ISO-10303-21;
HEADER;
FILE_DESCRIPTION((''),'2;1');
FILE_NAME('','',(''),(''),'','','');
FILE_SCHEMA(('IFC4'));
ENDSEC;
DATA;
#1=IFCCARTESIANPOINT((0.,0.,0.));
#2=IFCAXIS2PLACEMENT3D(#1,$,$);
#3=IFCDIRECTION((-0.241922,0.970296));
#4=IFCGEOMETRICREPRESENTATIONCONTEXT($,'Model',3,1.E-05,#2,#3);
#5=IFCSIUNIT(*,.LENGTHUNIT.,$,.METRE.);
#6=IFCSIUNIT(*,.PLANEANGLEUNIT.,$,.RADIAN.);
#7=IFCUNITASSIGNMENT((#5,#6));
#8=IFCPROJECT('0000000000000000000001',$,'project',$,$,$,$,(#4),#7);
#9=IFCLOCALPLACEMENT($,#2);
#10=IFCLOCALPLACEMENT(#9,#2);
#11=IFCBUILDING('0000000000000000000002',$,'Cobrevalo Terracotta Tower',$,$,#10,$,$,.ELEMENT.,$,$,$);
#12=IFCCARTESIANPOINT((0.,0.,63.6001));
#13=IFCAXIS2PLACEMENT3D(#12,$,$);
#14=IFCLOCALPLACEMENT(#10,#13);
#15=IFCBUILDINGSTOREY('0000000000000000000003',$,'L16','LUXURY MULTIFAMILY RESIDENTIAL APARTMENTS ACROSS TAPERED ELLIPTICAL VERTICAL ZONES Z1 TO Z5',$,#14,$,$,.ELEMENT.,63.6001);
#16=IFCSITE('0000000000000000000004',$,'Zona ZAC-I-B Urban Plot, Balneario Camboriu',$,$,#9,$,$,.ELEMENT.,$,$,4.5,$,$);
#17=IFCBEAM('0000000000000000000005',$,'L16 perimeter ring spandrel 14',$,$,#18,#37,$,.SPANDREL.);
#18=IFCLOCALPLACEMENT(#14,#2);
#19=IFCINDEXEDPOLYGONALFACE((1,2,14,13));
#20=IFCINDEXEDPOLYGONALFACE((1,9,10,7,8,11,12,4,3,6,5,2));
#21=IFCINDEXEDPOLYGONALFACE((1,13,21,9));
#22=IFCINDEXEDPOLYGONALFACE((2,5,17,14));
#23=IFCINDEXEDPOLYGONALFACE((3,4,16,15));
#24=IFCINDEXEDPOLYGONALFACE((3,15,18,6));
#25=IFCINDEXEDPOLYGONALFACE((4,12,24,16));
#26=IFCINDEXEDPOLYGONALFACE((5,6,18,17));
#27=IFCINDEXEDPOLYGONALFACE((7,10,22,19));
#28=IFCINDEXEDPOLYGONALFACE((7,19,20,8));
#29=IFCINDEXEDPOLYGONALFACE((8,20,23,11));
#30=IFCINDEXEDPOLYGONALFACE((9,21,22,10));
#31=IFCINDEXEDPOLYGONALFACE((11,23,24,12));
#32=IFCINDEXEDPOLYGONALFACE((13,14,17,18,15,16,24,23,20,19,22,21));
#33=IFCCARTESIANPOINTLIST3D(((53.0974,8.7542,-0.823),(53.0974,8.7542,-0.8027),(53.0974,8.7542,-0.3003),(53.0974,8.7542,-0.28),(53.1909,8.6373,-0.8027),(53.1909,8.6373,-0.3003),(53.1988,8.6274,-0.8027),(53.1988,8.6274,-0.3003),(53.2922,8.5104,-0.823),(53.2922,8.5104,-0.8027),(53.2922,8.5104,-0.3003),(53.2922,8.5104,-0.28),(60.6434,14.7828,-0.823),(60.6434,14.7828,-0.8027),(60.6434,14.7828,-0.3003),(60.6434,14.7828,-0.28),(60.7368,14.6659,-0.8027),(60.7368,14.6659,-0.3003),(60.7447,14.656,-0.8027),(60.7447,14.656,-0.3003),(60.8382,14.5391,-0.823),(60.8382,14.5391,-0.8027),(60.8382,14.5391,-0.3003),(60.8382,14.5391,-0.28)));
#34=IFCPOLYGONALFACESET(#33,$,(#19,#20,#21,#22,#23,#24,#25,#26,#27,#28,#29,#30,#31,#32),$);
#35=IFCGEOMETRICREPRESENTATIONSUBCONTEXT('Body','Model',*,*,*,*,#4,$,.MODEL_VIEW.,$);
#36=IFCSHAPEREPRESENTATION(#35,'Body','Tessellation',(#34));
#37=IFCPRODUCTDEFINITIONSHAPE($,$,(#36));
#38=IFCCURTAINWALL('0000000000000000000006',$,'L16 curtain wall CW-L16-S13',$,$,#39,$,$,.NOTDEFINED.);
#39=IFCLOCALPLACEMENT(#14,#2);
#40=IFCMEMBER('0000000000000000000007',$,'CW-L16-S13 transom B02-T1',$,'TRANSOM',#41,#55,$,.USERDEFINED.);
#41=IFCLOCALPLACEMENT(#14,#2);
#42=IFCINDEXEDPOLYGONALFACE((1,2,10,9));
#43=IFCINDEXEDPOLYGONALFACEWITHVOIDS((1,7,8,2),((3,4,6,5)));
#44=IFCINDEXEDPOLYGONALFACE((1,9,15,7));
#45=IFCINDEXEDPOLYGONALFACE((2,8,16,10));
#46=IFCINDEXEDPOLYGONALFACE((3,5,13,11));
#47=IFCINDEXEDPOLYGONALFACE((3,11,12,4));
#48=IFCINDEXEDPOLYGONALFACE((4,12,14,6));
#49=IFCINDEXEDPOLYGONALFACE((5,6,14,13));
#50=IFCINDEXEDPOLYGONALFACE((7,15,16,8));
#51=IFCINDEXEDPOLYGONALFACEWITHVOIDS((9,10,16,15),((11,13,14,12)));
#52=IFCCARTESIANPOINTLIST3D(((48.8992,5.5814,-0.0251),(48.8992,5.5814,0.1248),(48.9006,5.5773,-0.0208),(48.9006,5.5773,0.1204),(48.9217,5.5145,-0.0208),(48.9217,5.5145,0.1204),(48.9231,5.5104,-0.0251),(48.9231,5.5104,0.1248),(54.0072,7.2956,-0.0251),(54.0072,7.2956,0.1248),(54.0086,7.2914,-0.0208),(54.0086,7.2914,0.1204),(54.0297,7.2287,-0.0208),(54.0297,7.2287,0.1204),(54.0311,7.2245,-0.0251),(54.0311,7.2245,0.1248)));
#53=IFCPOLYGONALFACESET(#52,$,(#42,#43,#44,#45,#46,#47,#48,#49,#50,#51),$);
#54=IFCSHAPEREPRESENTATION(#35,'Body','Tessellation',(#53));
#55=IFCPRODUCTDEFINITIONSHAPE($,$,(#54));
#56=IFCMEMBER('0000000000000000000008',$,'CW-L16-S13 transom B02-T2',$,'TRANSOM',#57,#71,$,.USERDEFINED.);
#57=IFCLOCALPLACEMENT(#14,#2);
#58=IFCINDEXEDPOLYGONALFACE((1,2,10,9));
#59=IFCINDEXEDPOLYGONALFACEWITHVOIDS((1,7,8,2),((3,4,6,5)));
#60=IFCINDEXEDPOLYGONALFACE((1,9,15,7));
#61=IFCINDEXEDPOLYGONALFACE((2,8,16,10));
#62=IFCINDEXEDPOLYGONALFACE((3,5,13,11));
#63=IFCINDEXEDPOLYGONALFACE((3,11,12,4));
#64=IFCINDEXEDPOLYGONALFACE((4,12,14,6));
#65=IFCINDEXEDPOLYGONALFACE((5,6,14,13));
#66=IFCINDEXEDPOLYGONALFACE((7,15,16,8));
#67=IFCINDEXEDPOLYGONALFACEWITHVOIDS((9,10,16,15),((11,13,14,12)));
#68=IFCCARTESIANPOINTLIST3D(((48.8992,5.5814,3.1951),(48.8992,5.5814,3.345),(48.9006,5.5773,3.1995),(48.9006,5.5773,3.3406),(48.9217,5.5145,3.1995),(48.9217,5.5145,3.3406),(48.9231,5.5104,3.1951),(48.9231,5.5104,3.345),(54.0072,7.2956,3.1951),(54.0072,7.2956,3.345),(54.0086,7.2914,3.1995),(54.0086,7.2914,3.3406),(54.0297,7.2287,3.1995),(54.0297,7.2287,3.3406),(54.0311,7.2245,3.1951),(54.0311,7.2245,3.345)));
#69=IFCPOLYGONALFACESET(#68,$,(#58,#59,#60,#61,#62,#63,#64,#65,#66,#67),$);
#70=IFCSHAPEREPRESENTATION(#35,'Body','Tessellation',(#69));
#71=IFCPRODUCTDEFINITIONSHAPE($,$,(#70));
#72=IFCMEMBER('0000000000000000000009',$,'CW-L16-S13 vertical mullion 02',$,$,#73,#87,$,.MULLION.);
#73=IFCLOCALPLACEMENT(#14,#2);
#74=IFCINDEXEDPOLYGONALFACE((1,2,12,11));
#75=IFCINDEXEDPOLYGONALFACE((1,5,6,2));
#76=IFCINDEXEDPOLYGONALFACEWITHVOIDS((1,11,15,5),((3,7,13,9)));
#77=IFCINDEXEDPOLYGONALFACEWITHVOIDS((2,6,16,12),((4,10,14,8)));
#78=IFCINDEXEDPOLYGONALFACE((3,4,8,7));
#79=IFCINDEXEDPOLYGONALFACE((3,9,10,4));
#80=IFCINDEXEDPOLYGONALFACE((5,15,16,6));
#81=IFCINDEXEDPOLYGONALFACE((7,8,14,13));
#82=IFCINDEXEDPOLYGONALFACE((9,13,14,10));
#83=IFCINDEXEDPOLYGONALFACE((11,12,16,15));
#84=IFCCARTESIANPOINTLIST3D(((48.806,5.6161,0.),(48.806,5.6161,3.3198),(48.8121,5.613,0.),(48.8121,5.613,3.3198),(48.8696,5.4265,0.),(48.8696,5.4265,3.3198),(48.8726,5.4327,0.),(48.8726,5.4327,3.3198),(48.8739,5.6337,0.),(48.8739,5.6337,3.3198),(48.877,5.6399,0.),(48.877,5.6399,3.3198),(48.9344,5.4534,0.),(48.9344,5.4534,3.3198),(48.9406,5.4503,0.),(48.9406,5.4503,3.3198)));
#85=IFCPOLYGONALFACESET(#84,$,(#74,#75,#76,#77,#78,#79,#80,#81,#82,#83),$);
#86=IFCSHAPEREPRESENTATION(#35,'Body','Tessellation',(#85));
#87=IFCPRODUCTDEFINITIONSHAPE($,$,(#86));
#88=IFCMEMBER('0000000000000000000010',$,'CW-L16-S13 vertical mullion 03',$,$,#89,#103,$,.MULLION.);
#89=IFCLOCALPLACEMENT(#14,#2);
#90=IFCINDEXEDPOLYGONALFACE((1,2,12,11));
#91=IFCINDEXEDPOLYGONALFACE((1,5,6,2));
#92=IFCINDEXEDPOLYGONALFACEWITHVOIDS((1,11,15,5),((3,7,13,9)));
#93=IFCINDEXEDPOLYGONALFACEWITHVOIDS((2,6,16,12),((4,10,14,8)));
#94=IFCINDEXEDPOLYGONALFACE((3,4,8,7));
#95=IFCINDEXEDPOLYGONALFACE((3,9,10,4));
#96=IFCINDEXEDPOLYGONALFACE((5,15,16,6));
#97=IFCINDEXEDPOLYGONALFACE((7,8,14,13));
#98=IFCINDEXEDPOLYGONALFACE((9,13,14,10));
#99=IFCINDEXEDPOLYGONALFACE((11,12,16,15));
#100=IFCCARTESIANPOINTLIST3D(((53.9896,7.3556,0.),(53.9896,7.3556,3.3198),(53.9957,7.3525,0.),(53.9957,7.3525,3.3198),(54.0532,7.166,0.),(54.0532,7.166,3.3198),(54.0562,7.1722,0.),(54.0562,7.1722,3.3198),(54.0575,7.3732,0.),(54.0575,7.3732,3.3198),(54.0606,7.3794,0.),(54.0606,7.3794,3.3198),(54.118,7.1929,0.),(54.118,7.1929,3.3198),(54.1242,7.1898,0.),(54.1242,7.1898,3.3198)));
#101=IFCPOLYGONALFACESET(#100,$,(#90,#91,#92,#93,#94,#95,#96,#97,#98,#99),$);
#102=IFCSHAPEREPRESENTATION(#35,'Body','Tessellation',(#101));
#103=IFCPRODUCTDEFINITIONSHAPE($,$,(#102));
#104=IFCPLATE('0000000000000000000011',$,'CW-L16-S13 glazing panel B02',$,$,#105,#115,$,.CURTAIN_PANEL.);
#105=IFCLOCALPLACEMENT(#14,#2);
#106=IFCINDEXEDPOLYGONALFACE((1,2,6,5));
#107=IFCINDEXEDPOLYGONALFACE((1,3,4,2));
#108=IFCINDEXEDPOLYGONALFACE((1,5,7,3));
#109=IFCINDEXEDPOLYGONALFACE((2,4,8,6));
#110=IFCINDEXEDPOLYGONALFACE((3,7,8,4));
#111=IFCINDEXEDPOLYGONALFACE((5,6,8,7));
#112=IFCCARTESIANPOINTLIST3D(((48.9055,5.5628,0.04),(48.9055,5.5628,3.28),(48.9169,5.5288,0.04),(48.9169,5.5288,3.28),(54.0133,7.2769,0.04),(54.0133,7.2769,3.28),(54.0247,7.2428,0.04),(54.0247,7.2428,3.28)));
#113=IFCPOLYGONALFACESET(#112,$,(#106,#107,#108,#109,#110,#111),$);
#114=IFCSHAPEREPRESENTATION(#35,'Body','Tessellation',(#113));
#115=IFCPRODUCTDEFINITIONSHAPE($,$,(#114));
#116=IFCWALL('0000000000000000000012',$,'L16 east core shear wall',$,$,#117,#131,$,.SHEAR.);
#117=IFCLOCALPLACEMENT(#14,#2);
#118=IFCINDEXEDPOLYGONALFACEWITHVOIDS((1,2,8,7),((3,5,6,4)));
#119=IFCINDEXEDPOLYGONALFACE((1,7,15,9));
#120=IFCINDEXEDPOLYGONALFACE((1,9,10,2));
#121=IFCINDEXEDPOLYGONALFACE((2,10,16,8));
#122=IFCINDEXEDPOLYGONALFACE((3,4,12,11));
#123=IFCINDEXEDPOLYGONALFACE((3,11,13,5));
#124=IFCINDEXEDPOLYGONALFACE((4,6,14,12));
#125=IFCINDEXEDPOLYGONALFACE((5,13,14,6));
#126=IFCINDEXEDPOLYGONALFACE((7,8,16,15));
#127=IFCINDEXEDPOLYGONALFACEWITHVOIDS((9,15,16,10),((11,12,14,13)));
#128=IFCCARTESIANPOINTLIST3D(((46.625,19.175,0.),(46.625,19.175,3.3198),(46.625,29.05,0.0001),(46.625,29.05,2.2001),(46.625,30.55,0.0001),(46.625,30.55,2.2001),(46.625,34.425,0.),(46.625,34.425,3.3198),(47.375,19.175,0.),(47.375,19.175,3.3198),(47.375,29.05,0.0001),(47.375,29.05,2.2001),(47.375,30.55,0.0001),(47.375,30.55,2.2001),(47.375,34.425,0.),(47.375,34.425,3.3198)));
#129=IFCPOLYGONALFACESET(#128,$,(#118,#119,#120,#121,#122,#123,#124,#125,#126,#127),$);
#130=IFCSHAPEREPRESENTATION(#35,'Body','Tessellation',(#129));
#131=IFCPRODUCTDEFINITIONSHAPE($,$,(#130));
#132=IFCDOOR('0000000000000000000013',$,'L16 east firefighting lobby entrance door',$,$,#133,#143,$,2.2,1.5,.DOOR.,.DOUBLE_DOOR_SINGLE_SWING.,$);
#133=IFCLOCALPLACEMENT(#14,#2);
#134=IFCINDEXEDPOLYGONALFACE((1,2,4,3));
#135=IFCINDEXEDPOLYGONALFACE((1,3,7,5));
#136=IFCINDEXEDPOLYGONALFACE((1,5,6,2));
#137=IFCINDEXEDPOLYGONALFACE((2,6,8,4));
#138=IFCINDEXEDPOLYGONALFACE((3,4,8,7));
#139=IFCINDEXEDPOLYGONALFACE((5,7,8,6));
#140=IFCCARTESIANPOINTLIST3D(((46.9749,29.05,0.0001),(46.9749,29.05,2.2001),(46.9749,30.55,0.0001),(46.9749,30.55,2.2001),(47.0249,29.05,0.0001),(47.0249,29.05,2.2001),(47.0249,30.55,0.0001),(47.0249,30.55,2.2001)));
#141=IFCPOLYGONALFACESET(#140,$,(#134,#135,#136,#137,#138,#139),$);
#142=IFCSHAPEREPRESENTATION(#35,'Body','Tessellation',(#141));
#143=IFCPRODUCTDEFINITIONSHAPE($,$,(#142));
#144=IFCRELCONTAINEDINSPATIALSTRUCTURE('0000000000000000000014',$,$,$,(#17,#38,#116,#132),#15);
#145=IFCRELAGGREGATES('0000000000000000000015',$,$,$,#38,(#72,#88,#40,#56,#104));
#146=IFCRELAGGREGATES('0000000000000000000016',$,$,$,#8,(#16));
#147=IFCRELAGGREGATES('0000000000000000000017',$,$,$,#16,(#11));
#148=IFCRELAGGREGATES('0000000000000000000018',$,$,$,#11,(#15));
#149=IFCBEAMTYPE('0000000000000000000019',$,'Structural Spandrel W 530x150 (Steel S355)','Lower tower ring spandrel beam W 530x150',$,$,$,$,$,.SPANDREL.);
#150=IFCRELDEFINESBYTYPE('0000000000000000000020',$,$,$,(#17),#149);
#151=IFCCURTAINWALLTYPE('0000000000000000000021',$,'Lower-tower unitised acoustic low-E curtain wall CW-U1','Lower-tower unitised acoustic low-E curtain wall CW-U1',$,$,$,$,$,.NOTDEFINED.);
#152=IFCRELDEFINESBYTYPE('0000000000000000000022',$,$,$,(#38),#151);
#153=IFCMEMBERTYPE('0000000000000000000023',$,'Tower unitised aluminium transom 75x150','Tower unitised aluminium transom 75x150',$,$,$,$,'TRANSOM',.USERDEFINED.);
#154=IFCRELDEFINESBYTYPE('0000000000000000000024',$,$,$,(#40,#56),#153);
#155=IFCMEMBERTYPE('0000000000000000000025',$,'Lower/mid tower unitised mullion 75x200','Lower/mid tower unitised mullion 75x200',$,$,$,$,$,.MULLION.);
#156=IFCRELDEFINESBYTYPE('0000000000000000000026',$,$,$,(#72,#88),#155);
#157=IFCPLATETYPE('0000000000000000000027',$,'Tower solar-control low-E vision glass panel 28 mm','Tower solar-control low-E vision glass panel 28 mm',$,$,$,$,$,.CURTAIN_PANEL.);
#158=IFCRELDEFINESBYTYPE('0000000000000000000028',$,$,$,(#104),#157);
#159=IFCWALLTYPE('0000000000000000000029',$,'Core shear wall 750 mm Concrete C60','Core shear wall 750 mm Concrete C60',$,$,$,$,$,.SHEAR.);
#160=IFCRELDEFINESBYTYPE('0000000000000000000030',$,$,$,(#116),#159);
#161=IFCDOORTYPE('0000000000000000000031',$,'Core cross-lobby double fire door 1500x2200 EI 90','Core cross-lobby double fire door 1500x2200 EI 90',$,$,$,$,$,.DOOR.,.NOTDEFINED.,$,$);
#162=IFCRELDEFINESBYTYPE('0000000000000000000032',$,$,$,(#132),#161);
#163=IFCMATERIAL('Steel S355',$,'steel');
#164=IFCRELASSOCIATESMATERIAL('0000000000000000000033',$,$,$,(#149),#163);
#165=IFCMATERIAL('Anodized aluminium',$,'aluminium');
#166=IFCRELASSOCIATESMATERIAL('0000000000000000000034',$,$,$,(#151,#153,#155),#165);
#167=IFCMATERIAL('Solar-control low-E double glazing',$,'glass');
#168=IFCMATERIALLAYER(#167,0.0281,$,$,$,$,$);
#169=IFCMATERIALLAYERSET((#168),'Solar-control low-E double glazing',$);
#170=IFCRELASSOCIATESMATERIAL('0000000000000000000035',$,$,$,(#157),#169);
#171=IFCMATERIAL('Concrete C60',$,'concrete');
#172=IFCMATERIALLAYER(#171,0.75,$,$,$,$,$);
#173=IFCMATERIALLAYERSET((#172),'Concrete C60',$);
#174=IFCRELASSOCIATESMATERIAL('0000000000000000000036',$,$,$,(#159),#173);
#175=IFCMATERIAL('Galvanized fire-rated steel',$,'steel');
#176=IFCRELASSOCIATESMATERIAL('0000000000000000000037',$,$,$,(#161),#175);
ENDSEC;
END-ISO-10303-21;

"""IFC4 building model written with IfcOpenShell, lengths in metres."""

from ifc_helpers import new_model, si_unit, direction, frame, frame_2d, origin, origin_2d, place, context, subcontext, project, spatial, rectangle, hollow_rectangle, i_section, extrude, source, transform, mapped, material, layer, layer_set, material_profile, profile_set, type_object, element, fill, aggregate, save


model = new_model("IFC4")

# Units and contexts
model_context = context("Model", 3, precision=1e-05, world=origin(), true_north=direction((-0.241922, 0.970296)))
body_context = subcontext(model_context, "Body", "Model", "MODEL_VIEW")
ifc_project = project(units=[si_unit("LENGTHUNIT", "METRE"), si_unit("PLANEANGLEUNIT", "RADIAN")], contexts=[model_context])

# Site, building, storey
site_placement = place(None, origin())
site = spatial("IfcSite", under=ifc_project, at=site_placement, Name="Zona ZAC-I-B Urban Plot, Balneario Camboriu", CompositionType="ELEMENT", RefElevation=4.5)
building_placement = place(site_placement, origin())
building = spatial("IfcBuilding", under=site, at=building_placement, Name="Cobrevalo Terracotta Tower", CompositionType="ELEMENT")
storey_placement = place(building_placement, frame((0.0, 0.0, 63.6001)))
storey = spatial("IfcBuildingStorey", under=building, at=storey_placement, Name="L16", Description="LUXURY MULTIFAMILY RESIDENTIAL APARTMENTS ACROSS TAPERED ELLIPTICAL VERTICAL ZONES Z1 TO Z5", CompositionType="ELEMENT", Elevation=63.6001)

# Shared definitions
ifc_material_1 = material(Name="Steel S355", Category="steel")

# Beam
ifc_material_profile_1 = material_profile(ifc_material_1, i_section(OverallWidth=0.312, OverallDepth=0.543, WebThickness=0.0127, FlangeThickness=0.0203, at=origin_2d()), Name="W 530x150")
ifc_profile_set_1 = profile_set([ifc_material_profile_1], Name="Steel S355")
beam_type_1 = type_object("IfcBeamType", Name="Structural Spandrel W 530x150 (Steel S355)", Description="Lower tower ring spandrel beam W 530x150", PredefinedType="SPANDREL", material=ifc_profile_set_1)
beam_1_placement = place(storey_placement, frame((53.1948, 8.6323, -0.5515), z_axis=(0.78128, 0.62418, 0.0), x_axis=(-0.62418, 0.78128, 0.0)))
element("IfcBeam", 1, at=beam_1_placement, inside=storey, type_object=beam_type_1, Name="L16 perimeter ring spandrel 14", PredefinedType="SPANDREL", context=body_context, shape_type="SweptSolid", body=[
    extrude(i_section(OverallWidth=0.312, OverallDepth=0.543, WebThickness=0.0127, FlangeThickness=0.0203, at=origin_2d()), origin(), (0.0, 0.0, 1.0), 9.6584),
])

# Curtain wall, members, plate
ifc_material_2 = material(Name="Anodized aluminium", Category="aluminium")
curtain_wall_type = type_object("IfcCurtainWallType", Name="Lower-tower unitised acoustic low-E curtain wall CW-U1", Description="Lower-tower unitised acoustic low-E curtain wall CW-U1", PredefinedType="NOTDEFINED", material=ifc_material_2)
curtain_wall_placement = place(storey_placement, origin())
curtain_wall = element("IfcCurtainWall", 2, at=curtain_wall_placement, inside=storey, type_object=curtain_wall_type, Name="L16 curtain wall CW-L16-S13", PredefinedType="NOTDEFINED")
ifc_material_profile_2 = material_profile(ifc_material_2, hollow_rectangle(XDim=0.075, YDim=0.1499, WallThickness=0.0044, at=origin_2d()), Name="CWT 75x150")
ifc_profile_set_2 = profile_set([ifc_material_profile_2], Name="Anodized aluminium")
member_type_1 = type_object("IfcMemberType", Name="Tower unitised aluminium transom 75x150", Description="Tower unitised aluminium transom 75x150", ElementType="TRANSOM", PredefinedType="USERDEFINED", material=ifc_profile_set_2)
shared_shape_1 = source(origin(), body_context, "Body", "SweptSolid", [
    extrude(hollow_rectangle(XDim=0.075, YDim=0.1499, WallThickness=0.0044, at=origin_2d()), origin(), (0.0, 0.0, 1.0), 5.3879),
])
member_1_placement = place(storey_placement, frame((48.9111, 5.5459, 0.0498), z_axis=(0.948042, 0.318144, 0.0), x_axis=(-0.318144, 0.948042, 0.0)))
member_1 = element("IfcMember", 3, at=member_1_placement, type_object=member_type_1, Name="CW-L16-S13 transom B02-T1", ObjectType="TRANSOM", PredefinedType="USERDEFINED", context=body_context, shape_type="MappedRepresentation", body=[
    mapped(shared_shape_1, transform((0.0, 0.0, 0.0), scale=1.0)),
])
member_2_placement = place(storey_placement, frame((48.9111, 5.5459, 3.27), z_axis=(0.948042, 0.318144, 0.0), x_axis=(-0.318144, 0.948042, 0.0)))
member_2 = element("IfcMember", 4, at=member_2_placement, type_object=member_type_1, Name="CW-L16-S13 transom B02-T2", ObjectType="TRANSOM", PredefinedType="USERDEFINED", context=body_context, shape_type="MappedRepresentation", body=[
    mapped(shared_shape_1, transform((0.0, 0.0, 0.0), scale=1.0)),
])
ifc_material_profile_3 = material_profile(ifc_material_2, hollow_rectangle(XDim=0.075, YDim=0.2, WallThickness=0.0049, at=origin_2d()), Name="CWM 75x200")
ifc_profile_set_3 = profile_set([ifc_material_profile_3], Name="Anodized aluminium")
member_type_2 = type_object("IfcMemberType", Name="Lower/mid tower unitised mullion 75x200", Description="Lower/mid tower unitised mullion 75x200", PredefinedType="MULLION", material=ifc_profile_set_3)
shared_shape_2 = source(origin(), body_context, "Body", "SweptSolid", [
    extrude(hollow_rectangle(XDim=0.075, YDim=0.2, WallThickness=0.0049, at=origin_2d()), origin(), (0.0, 0.0, 1.0), 3.3198),
])
member_3_placement = place(storey_placement, frame((48.8733, 5.5332, 0.0), z_axis=(0.0, 0.0, 1.0), x_axis=(0.948046, 0.318132, 0.0)))
member_3 = element("IfcMember", 5, at=member_3_placement, type_object=member_type_2, Name="CW-L16-S13 vertical mullion 02", PredefinedType="MULLION", context=body_context, shape_type="MappedRepresentation", body=[
    mapped(shared_shape_2, transform((0.0, 0.0, 0.0), scale=1.0)),
])
member_4_placement = place(storey_placement, frame((54.0569, 7.2727, 0.0), z_axis=(0.0, 0.0, 1.0), x_axis=(0.948046, 0.318132, 0.0)))
member_4 = element("IfcMember", 6, at=member_4_placement, type_object=member_type_2, Name="CW-L16-S13 vertical mullion 03", PredefinedType="MULLION", context=body_context, shape_type="MappedRepresentation", body=[
    mapped(shared_shape_2, transform((0.0, 0.0, 0.0), scale=1.0)),
])
ifc_material_3 = material(Name="Solar-control low-E double glazing", Category="glass")
ifc_layer_1 = layer(ifc_material_3, 0.0281)
ifc_layer_set_1 = layer_set([ifc_layer_1], Name="Solar-control low-E double glazing")
plate_type = type_object("IfcPlateType", Name="Tower solar-control low-E vision glass panel 28 mm", Description="Tower solar-control low-E vision glass panel 28 mm", PredefinedType="CURTAIN_PANEL", material=ifc_layer_set_1)
shared_shape_3 = source(origin(), body_context, "Body", "SweptSolid", [
    extrude(rectangle(XDim=5.3877, YDim=0.0359, at=origin_2d()), origin(), (0.0, 0.0, 1.0), 3.24),
])
plate_placement = place(storey_placement, frame((51.4651, 6.4028, 0.04), z_axis=(0.0, 0.0, 1.0), x_axis=(0.948044, 0.318139, 0.0)))
plate = element("IfcPlate", 7, at=plate_placement, type_object=plate_type, Name="CW-L16-S13 glazing panel B02", PredefinedType="CURTAIN_PANEL", context=body_context, shape_type="MappedRepresentation", body=[
    mapped(shared_shape_3, transform((0.0, 0.0, 0.0), scale=1.0)),
])
aggregate(curtain_wall, [member_3, member_4, member_1, member_2, plate])

# Wall, opening, door
ifc_material_4 = material(Name="Concrete C60", Category="concrete")
ifc_layer_2 = layer(ifc_material_4, 0.75)
ifc_layer_set_2 = layer_set([ifc_layer_2], Name="Concrete C60")
wall_type_1 = type_object("IfcWallType", Name="Core shear wall 750 mm Concrete C60", Description="Core shear wall 750 mm Concrete C60", PredefinedType="SHEAR", material=ifc_layer_set_2)
wall_1_placement = place(storey_placement, frame((47.0, 19.175, 0.0), z_axis=(0.0, 0.0, 1.0), x_axis=(0.0, 1.0, 0.0)))
wall_1 = element("IfcWall", 8, at=wall_1_placement, inside=storey, type_object=wall_type_1, Name="L16 east core shear wall", PredefinedType="SHEAR", context=body_context, shape_type="SweptSolid", body=[
    extrude(rectangle(XDim=15.25, YDim=0.75, at=frame_2d((7.625, 0.0))), origin(), (0.0, 0.0, 1.0), 3.3198),
])
opening_1_placement = place(wall_1_placement, frame((9.875, 0.0, 0.0)))
opening_1 = element("IfcOpeningElement", 9, at=opening_1_placement, cuts=wall_1, PredefinedType="OPENING", context=body_context, shape_type="SweptSolid", body=[
    extrude(rectangle(XDim=1.5, YDim=2.2, at=frame_2d((0.75, 1.1001))), frame((0.0, 0.385, 0.0), z_axis=(0.0, -1.0, 0.0), x_axis=(1.0, 0.0, 0.0)), (0.0, 0.0, 1.0), 0.77),
])
ifc_material_5 = material(Name="Galvanized fire-rated steel", Category="steel")
door_type_1 = type_object("IfcDoorType", Name="Core cross-lobby double fire door 1500x2200 EI 90", Description="Core cross-lobby double fire door 1500x2200 EI 90", OperationType="NOTDEFINED", PredefinedType="DOOR", material=ifc_material_5)
shared_shape_4 = source(origin(), body_context, "Body", "SweptSolid", [
    extrude(rectangle(XDim=1.5, YDim=2.2, at=frame_2d((0.75, 1.1001))), frame((0.0, 0.0249, 0.0), z_axis=(0.0, -1.0, 0.0), x_axis=(1.0, 0.0, 0.0)), (0.0, 0.0, 1.0), 0.05),
])
door_1_placement = place(opening_1_placement, frame((1.5, 0.0, 0.0), z_axis=(0.0, 0.0, 1.0), x_axis=(-1.0, 0.0, 0.0)))
door_1 = element("IfcDoor", 10, at=door_1_placement, inside=storey, type_object=door_type_1, Name="L16 east firefighting lobby entrance door", OperationType="DOUBLE_DOOR_SINGLE_SWING", OverallHeight=2.2, OverallWidth=1.5, PredefinedType="DOOR", context=body_context, shape_type="MappedRepresentation", body=[
    mapped(shared_shape_4, transform((0.0, 0.0, 0.0), scale=1.0)),
])
fill(opening_1, door_1)

save(model, "model.ifc")
